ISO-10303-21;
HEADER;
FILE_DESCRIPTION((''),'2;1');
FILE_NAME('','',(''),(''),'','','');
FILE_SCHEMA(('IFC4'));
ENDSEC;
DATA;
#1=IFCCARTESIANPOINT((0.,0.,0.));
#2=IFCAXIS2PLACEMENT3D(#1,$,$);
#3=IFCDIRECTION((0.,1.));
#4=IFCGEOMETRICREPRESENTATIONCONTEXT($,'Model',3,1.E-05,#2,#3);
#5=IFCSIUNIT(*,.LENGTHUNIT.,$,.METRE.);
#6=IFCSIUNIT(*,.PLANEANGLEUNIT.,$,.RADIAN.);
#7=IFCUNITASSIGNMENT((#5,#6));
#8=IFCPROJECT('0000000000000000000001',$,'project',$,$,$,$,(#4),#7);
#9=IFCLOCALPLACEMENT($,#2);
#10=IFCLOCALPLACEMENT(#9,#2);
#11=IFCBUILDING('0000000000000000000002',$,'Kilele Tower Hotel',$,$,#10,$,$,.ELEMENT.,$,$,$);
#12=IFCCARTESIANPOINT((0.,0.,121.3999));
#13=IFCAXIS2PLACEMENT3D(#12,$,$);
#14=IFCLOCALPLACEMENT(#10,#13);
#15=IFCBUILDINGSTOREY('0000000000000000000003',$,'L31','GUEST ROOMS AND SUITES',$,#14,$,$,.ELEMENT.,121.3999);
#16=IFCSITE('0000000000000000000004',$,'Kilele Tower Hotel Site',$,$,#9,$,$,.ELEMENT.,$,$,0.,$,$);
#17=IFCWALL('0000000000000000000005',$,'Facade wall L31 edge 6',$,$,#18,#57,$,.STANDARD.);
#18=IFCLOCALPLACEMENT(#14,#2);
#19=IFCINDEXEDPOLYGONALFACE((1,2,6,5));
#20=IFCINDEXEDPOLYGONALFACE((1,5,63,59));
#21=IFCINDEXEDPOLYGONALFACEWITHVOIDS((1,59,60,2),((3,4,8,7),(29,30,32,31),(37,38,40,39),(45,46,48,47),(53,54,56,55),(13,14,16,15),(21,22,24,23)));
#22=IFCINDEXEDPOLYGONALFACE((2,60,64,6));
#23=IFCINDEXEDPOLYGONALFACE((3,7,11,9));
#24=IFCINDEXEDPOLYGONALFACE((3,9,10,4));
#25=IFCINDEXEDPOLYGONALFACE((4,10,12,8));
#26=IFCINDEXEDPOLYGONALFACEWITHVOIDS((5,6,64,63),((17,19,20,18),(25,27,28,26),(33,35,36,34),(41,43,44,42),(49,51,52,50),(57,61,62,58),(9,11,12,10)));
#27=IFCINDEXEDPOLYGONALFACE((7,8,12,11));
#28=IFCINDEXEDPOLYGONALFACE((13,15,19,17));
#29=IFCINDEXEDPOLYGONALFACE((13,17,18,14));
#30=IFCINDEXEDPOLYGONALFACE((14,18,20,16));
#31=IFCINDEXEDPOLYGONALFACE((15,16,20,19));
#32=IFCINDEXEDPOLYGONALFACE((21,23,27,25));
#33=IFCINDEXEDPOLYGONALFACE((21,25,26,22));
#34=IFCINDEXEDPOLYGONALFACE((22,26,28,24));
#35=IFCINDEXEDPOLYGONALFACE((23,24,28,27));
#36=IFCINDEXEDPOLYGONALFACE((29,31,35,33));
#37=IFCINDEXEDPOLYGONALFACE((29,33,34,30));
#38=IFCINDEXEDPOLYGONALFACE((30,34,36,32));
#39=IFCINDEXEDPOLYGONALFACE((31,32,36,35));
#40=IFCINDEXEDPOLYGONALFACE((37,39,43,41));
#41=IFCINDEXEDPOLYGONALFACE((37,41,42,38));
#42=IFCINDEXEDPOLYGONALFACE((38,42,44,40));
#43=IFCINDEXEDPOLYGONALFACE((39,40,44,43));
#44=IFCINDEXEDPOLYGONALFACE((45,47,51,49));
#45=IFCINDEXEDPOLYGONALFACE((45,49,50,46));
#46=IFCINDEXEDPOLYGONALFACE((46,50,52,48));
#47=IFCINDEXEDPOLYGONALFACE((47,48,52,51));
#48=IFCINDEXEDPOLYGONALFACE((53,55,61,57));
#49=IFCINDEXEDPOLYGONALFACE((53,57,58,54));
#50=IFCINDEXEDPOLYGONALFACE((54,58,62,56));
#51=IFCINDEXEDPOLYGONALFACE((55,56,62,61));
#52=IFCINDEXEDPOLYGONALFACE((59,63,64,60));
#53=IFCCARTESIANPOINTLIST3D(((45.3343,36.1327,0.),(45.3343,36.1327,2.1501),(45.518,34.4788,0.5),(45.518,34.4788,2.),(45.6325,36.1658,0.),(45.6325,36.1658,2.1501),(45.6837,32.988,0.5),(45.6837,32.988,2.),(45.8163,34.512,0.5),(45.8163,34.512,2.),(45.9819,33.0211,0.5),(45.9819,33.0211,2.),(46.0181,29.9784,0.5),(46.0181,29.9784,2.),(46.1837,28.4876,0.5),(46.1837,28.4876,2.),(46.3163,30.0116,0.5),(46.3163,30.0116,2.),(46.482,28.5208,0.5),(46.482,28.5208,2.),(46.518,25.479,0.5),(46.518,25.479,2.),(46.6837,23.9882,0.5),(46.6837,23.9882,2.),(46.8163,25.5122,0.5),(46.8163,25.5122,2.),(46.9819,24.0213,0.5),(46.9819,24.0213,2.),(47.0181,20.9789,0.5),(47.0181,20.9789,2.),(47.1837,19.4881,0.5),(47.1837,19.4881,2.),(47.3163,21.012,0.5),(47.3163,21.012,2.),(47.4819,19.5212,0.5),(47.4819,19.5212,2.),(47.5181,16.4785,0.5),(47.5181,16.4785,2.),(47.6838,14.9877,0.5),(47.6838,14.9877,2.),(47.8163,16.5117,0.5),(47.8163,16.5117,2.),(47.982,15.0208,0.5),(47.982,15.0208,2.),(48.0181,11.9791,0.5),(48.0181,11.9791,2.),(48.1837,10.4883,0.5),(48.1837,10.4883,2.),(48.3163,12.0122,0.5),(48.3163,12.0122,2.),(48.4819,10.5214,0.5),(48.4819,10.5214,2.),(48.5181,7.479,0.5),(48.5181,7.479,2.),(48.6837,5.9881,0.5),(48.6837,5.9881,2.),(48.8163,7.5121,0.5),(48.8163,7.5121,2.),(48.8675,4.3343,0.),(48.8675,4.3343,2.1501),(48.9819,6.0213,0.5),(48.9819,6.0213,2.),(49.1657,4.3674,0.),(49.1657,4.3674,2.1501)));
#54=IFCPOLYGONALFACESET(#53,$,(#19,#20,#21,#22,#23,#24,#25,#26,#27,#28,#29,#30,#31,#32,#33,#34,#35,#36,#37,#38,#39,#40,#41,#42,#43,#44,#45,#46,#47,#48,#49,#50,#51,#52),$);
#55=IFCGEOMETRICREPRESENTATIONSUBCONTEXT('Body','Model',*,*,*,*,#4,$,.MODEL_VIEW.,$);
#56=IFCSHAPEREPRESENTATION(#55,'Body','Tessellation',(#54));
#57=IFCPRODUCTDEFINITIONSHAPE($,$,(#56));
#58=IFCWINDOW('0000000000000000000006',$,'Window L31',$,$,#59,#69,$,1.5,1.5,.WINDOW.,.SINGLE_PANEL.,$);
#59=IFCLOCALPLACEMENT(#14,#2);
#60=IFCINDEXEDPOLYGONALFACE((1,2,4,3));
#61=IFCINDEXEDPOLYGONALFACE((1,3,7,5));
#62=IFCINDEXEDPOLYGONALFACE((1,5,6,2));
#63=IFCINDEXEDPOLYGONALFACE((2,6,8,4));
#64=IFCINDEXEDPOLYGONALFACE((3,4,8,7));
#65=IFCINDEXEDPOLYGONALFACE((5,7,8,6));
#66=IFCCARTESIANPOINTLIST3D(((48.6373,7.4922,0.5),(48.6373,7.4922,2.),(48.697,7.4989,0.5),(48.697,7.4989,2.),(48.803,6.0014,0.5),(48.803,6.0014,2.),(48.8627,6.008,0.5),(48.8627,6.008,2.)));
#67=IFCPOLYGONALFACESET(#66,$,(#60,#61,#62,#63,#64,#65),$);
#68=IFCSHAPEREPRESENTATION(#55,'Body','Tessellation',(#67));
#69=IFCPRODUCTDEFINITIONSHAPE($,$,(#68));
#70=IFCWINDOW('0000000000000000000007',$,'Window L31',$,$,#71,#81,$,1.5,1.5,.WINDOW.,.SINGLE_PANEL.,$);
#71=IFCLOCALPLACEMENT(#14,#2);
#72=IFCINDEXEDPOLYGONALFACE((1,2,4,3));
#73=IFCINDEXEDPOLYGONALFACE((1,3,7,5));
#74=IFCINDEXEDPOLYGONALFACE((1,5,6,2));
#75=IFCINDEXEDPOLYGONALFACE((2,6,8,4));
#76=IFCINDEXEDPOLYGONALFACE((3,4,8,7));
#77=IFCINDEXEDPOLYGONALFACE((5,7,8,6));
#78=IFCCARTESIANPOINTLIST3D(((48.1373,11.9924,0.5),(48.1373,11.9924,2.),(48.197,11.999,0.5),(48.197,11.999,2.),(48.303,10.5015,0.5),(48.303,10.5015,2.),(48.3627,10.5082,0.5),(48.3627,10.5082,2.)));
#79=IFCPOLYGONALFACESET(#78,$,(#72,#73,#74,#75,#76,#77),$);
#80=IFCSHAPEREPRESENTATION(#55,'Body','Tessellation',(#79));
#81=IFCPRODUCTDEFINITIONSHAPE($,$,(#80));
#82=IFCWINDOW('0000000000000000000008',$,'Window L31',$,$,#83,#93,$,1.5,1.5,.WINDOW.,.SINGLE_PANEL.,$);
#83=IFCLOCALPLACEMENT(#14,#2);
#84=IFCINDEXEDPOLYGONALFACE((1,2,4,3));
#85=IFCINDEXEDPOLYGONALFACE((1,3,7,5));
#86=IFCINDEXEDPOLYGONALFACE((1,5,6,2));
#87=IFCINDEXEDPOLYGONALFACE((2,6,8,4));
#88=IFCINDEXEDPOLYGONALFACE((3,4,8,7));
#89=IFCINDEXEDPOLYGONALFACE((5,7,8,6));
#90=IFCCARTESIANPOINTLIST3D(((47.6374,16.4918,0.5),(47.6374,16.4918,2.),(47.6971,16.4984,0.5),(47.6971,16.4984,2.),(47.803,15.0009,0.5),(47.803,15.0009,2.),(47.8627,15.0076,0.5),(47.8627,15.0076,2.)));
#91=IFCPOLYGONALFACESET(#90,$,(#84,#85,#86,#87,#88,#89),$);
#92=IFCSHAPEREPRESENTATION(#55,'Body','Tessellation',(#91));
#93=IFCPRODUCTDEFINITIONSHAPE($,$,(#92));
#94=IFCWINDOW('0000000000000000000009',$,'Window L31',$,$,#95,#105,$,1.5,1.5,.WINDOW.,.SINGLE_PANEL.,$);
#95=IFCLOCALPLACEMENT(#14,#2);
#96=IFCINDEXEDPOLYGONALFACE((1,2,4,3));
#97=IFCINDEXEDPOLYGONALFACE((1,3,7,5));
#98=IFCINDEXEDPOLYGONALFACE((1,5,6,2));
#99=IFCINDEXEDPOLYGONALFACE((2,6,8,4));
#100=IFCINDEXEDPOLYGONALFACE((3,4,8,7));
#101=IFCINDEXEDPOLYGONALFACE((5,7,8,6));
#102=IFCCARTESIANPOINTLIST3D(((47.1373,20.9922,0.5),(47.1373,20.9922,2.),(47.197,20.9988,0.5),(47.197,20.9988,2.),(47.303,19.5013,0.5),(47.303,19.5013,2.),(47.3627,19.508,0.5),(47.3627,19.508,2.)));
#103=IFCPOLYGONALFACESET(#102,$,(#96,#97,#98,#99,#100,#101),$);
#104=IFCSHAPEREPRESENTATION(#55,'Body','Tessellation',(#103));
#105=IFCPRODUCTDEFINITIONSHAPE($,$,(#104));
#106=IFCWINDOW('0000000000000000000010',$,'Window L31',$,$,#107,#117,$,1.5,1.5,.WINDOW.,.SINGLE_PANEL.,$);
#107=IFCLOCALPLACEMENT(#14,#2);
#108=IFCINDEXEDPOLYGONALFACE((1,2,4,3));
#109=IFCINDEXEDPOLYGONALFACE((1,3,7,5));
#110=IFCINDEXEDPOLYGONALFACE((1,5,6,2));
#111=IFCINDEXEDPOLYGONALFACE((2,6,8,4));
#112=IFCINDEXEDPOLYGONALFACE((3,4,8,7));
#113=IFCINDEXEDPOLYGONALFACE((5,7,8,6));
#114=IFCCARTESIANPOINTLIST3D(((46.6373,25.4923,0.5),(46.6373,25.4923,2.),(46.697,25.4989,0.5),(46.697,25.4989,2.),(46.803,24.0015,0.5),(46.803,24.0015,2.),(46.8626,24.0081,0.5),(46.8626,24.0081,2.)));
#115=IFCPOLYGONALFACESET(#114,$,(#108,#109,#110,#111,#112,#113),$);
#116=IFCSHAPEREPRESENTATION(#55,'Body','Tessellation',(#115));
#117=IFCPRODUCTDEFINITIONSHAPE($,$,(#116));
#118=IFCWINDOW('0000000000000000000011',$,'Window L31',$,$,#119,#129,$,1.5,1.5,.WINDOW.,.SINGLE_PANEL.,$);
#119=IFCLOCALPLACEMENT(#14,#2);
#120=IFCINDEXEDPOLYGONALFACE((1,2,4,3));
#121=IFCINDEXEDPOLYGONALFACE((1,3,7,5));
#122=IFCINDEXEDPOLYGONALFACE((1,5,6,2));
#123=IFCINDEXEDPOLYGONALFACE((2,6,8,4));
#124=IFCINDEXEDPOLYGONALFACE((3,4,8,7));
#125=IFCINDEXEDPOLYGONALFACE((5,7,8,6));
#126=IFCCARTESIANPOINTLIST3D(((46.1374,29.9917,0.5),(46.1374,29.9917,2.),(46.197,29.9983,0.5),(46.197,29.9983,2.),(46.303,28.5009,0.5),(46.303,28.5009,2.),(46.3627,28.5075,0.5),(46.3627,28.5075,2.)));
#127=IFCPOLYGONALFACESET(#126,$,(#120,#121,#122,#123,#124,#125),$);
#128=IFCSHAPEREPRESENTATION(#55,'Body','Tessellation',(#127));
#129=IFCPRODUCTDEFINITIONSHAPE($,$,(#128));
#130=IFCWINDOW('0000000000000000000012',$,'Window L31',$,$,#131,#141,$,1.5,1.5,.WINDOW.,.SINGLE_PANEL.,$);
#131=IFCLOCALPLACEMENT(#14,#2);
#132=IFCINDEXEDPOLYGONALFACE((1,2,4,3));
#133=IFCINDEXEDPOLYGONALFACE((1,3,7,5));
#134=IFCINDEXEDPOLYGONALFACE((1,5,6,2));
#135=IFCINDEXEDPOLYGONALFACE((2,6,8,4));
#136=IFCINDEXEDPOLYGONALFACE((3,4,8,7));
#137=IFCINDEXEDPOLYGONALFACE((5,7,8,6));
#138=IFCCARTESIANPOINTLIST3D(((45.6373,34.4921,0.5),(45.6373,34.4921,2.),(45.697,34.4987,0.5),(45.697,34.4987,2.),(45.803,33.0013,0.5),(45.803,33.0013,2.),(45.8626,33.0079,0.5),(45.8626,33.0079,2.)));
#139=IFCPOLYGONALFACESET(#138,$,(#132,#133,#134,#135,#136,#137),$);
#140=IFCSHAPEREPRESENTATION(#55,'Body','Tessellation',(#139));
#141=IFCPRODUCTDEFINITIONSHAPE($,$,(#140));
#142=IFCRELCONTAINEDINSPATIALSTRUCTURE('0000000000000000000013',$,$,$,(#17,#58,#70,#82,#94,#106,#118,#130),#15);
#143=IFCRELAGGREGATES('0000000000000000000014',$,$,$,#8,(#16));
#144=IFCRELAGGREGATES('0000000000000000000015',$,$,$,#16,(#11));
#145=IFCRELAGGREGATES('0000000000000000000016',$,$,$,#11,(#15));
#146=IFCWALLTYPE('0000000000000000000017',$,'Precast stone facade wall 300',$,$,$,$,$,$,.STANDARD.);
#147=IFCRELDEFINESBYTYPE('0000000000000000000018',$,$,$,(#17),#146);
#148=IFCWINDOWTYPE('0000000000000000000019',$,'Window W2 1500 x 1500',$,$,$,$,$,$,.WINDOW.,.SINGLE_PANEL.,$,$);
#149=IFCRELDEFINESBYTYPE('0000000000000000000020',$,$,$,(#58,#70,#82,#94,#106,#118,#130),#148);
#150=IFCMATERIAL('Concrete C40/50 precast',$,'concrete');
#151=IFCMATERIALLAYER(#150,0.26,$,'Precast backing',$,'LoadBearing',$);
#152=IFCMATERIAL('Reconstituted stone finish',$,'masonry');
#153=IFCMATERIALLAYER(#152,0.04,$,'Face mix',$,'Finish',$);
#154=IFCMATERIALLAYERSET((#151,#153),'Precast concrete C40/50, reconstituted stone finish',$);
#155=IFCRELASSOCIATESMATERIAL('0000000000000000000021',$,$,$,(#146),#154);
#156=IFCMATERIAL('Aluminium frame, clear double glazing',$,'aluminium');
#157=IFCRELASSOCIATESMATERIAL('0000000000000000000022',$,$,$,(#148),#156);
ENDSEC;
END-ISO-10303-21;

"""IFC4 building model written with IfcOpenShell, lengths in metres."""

from ifc_helpers import new_model, si_unit, direction, frame, frame_2d, origin, place, context, subcontext, project, spatial, rectangle, extrude, material, layer, layer_set, type_object, element, fill, save


model = new_model("IFC4")

# Units and contexts
model_context = context("Model", 3, precision=1e-05, world=origin(), true_north=direction((0.0, 1.0)))
body_context = subcontext(model_context, "Body", "Model", "MODEL_VIEW")
ifc_project = project(units=[si_unit("LENGTHUNIT", "METRE"), si_unit("PLANEANGLEUNIT", "RADIAN")], contexts=[model_context])

# Site, building, storey
site_placement = place(None, origin())
site = spatial("IfcSite", under=ifc_project, at=site_placement, Name="Kilele Tower Hotel Site", CompositionType="ELEMENT", RefElevation=0.0)
building_placement = place(site_placement, origin())
building = spatial("IfcBuilding", under=site, at=building_placement, Name="Kilele Tower Hotel", CompositionType="ELEMENT")
storey_placement = place(building_placement, frame((0.0, 0.0, 121.3999)))
storey = spatial("IfcBuildingStorey", under=building, at=storey_placement, Name="L31", Description="GUEST ROOMS AND SUITES", CompositionType="ELEMENT", Elevation=121.3999)

# Shared definitions
ifc_material_1 = material(Name="Concrete C40/50 precast", Category="concrete")
ifc_layer_1 = layer(ifc_material_1, 0.26, Name="Precast backing", Category="LoadBearing")
ifc_material_2 = material(Name="Reconstituted stone finish", Category="masonry")
ifc_layer_2 = layer(ifc_material_2, 0.04, Name="Face mix", Category="Finish")
ifc_layer_set_1 = layer_set([ifc_layer_1, ifc_layer_2], Name="Precast concrete C40/50, reconstituted stone finish")
wall_type_1 = type_object("IfcWallType", Name="Precast stone facade wall 300", PredefinedType="STANDARD", material=ifc_layer_set_1)
ifc_material_3 = material(Name="Aluminium frame, clear double glazing", Category="aluminium")
window_type = type_object("IfcWindowType", Name="Window W2 1500 x 1500", PartitioningType="SINGLE_PANEL", PredefinedType="WINDOW", material=ifc_material_3)

# Wall, openings, windows
wall_1_placement = place(storey_placement, frame((49.0166, 4.3508, 0.0), z_axis=(0.0, 0.0, 1.0), x_axis=(-0.110433, 0.993884, 0.0)))
wall_1 = element("IfcWall", 1, at=wall_1_placement, inside=storey, type_object=wall_type_1, Name="Facade wall L31 edge 6", PredefinedType="STANDARD", context=body_context, shape_type="SweptSolid", body=[
    extrude(rectangle(XDim=31.9941, YDim=0.3, at=frame_2d((15.9971, 0.0))), origin(), (0.0, 0.0, 1.0), 2.1501),
])
opening_1_placement = place(wall_1_placement, frame((1.6641, 0.0, 0.5)))
opening_1 = element("IfcOpeningElement", 2, at=opening_1_placement, cuts=wall_1, PredefinedType="OPENING", context=body_context, shape_type="SweptSolid", body=[
    extrude(rectangle(XDim=1.5, YDim=1.5, at=frame_2d((0.75, 0.75))), frame((0.0, 0.1599, 0.0), z_axis=(0.0, -1.0, 0.0), x_axis=(1.0, 0.0, 0.0)), (0.0, 0.0, 1.0), 0.3201),
])
opening_2_placement = place(wall_1_placement, frame((6.1919, 0.0, 0.5)))
opening_2 = element("IfcOpeningElement", 3, at=opening_2_placement, cuts=wall_1, PredefinedType="OPENING", context=body_context, shape_type="SweptSolid", body=[
    extrude(rectangle(XDim=1.5, YDim=1.5, at=frame_2d((0.75, 0.75))), frame((0.0, 0.1599, 0.0), z_axis=(0.0, -1.0, 0.0), x_axis=(1.0, 0.0, 0.0)), (0.0, 0.0, 1.0), 0.3201),
])
opening_3_placement = place(wall_1_placement, frame((10.719, 0.0, 0.5)))
opening_3 = element("IfcOpeningElement", 4, at=opening_3_placement, cuts=wall_1, PredefinedType="OPENING", context=body_context, shape_type="SweptSolid", body=[
    extrude(rectangle(XDim=1.5, YDim=1.5, at=frame_2d((0.75, 0.75))), frame((0.0, 0.1599, 0.0), z_axis=(0.0, -1.0, 0.0), x_axis=(1.0, 0.0, 0.0)), (0.0, 0.0, 1.0), 0.3201),
])
opening_4_placement = place(wall_1_placement, frame((15.2471, 0.0, 0.5)))
opening_4 = element("IfcOpeningElement", 5, at=opening_4_placement, cuts=wall_1, PredefinedType="OPENING", context=body_context, shape_type="SweptSolid", body=[
    extrude(rectangle(XDim=1.5, YDim=1.5, at=frame_2d((0.75, 0.75))), frame((0.0, 0.1599, 0.0), z_axis=(0.0, -1.0, 0.0), x_axis=(1.0, 0.0, 0.0)), (0.0, 0.0, 1.0), 0.3201),
])
opening_5_placement = place(wall_1_placement, frame((19.7749, 0.0, 0.5)))
opening_5 = element("IfcOpeningElement", 6, at=opening_5_placement, cuts=wall_1, PredefinedType="OPENING", context=body_context, shape_type="SweptSolid", body=[
    extrude(rectangle(XDim=1.5, YDim=1.5, at=frame_2d((0.75, 0.75))), frame((0.0, 0.1599, 0.0), z_axis=(0.0, -1.0, 0.0), x_axis=(1.0, 0.0, 0.0)), (0.0, 0.0, 1.0), 0.3201),
])
opening_6_placement = place(wall_1_placement, frame((24.302, 0.0, 0.5)))
opening_6 = element("IfcOpeningElement", 7, at=opening_6_placement, cuts=wall_1, PredefinedType="OPENING", context=body_context, shape_type="SweptSolid", body=[
    extrude(rectangle(XDim=1.5, YDim=1.5, at=frame_2d((0.75, 0.75))), frame((0.0, 0.1599, 0.0), z_axis=(0.0, -1.0, 0.0), x_axis=(1.0, 0.0, 0.0)), (0.0, 0.0, 1.0), 0.3201),
])
opening_7_placement = place(wall_1_placement, frame((28.8301, 0.0, 0.5)))
opening_7 = element("IfcOpeningElement", 8, at=opening_7_placement, cuts=wall_1, PredefinedType="OPENING", context=body_context, shape_type="SweptSolid", body=[
    extrude(rectangle(XDim=1.5, YDim=1.5, at=frame_2d((0.75, 0.75))), frame((0.0, 0.1599, 0.0), z_axis=(0.0, -1.0, 0.0), x_axis=(1.0, 0.0, 0.0)), (0.0, 0.0, 1.0), 0.3201),
])
window_1_placement = place(opening_1_placement, origin())
window_1 = element("IfcWindow", 9, at=window_1_placement, inside=storey, type_object=window_type, Name="Window L31", OverallHeight=1.5, OverallWidth=1.5, PartitioningType="SINGLE_PANEL", PredefinedType="WINDOW", context=body_context, shape_type="SweptSolid", body=[
    extrude(rectangle(XDim=1.5, YDim=1.5, at=frame_2d((0.75, 0.75))), frame((0.0, 0.03, 0.0), z_axis=(0.0, -1.0, 0.0), x_axis=(1.0, 0.0, 0.0)), (0.0, 0.0, 1.0), 0.0601),
])
fill(opening_1, window_1)
window_2_placement = place(opening_2_placement, origin())
window_2 = element("IfcWindow", 10, at=window_2_placement, inside=storey, type_object=window_type, Name="Window L31", OverallHeight=1.5, OverallWidth=1.5, PartitioningType="SINGLE_PANEL", PredefinedType="WINDOW", context=body_context, shape_type="SweptSolid", body=[
    extrude(rectangle(XDim=1.5, YDim=1.5, at=frame_2d((0.75, 0.75))), frame((0.0, 0.03, 0.0), z_axis=(0.0, -1.0, 0.0), x_axis=(1.0, 0.0, 0.0)), (0.0, 0.0, 1.0), 0.0601),
])
fill(opening_2, window_2)
window_3_placement = place(opening_3_placement, origin())
window_3 = element("IfcWindow", 11, at=window_3_placement, inside=storey, type_object=window_type, Name="Window L31", OverallHeight=1.5, OverallWidth=1.5, PartitioningType="SINGLE_PANEL", PredefinedType="WINDOW", context=body_context, shape_type="SweptSolid", body=[
    extrude(rectangle(XDim=1.5, YDim=1.5, at=frame_2d((0.75, 0.75))), frame((0.0, 0.03, 0.0), z_axis=(0.0, -1.0, 0.0), x_axis=(1.0, 0.0, 0.0)), (0.0, 0.0, 1.0), 0.0601),
])
fill(opening_3, window_3)
window_4_placement = place(opening_4_placement, origin())
window_4 = element("IfcWindow", 12, at=window_4_placement, inside=storey, type_object=window_type, Name="Window L31", OverallHeight=1.5, OverallWidth=1.5, PartitioningType="SINGLE_PANEL", PredefinedType="WINDOW", context=body_context, shape_type="SweptSolid", body=[
    extrude(rectangle(XDim=1.5, YDim=1.5, at=frame_2d((0.75, 0.75))), frame((0.0, 0.03, 0.0), z_axis=(0.0, -1.0, 0.0), x_axis=(1.0, 0.0, 0.0)), (0.0, 0.0, 1.0), 0.0601),
])
fill(opening_4, window_4)
window_5_placement = place(opening_5_placement, origin())
window_5 = element("IfcWindow", 13, at=window_5_placement, inside=storey, type_object=window_type, Name="Window L31", OverallHeight=1.5, OverallWidth=1.5, PartitioningType="SINGLE_PANEL", PredefinedType="WINDOW", context=body_context, shape_type="SweptSolid", body=[
    extrude(rectangle(XDim=1.5, YDim=1.5, at=frame_2d((0.75, 0.75))), frame((0.0, 0.03, 0.0), z_axis=(0.0, -1.0, 0.0), x_axis=(1.0, 0.0, 0.0)), (0.0, 0.0, 1.0), 0.0601),
])
fill(opening_5, window_5)
window_6_placement = place(opening_6_placement, origin())
window_6 = element("IfcWindow", 14, at=window_6_placement, inside=storey, type_object=window_type, Name="Window L31", OverallHeight=1.5, OverallWidth=1.5, PartitioningType="SINGLE_PANEL", PredefinedType="WINDOW", context=body_context, shape_type="SweptSolid", body=[
    extrude(rectangle(XDim=1.5, YDim=1.5, at=frame_2d((0.75, 0.75))), frame((0.0, 0.03, 0.0), z_axis=(0.0, -1.0, 0.0), x_axis=(1.0, 0.0, 0.0)), (0.0, 0.0, 1.0), 0.0601),
])
fill(opening_6, window_6)
window_7_placement = place(opening_7_placement, origin())
window_7 = element("IfcWindow", 15, at=window_7_placement, inside=storey, type_object=window_type, Name="Window L31", OverallHeight=1.5, OverallWidth=1.5, PartitioningType="SINGLE_PANEL", PredefinedType="WINDOW", context=body_context, shape_type="SweptSolid", body=[
    extrude(rectangle(XDim=1.5, YDim=1.5, at=frame_2d((0.75, 0.75))), frame((0.0, 0.03, 0.0), z_axis=(0.0, -1.0, 0.0), x_axis=(1.0, 0.0, 0.0)), (0.0, 0.0, 1.0), 0.0601),
])
fill(opening_7, window_7)

save(model, "model.ifc")
